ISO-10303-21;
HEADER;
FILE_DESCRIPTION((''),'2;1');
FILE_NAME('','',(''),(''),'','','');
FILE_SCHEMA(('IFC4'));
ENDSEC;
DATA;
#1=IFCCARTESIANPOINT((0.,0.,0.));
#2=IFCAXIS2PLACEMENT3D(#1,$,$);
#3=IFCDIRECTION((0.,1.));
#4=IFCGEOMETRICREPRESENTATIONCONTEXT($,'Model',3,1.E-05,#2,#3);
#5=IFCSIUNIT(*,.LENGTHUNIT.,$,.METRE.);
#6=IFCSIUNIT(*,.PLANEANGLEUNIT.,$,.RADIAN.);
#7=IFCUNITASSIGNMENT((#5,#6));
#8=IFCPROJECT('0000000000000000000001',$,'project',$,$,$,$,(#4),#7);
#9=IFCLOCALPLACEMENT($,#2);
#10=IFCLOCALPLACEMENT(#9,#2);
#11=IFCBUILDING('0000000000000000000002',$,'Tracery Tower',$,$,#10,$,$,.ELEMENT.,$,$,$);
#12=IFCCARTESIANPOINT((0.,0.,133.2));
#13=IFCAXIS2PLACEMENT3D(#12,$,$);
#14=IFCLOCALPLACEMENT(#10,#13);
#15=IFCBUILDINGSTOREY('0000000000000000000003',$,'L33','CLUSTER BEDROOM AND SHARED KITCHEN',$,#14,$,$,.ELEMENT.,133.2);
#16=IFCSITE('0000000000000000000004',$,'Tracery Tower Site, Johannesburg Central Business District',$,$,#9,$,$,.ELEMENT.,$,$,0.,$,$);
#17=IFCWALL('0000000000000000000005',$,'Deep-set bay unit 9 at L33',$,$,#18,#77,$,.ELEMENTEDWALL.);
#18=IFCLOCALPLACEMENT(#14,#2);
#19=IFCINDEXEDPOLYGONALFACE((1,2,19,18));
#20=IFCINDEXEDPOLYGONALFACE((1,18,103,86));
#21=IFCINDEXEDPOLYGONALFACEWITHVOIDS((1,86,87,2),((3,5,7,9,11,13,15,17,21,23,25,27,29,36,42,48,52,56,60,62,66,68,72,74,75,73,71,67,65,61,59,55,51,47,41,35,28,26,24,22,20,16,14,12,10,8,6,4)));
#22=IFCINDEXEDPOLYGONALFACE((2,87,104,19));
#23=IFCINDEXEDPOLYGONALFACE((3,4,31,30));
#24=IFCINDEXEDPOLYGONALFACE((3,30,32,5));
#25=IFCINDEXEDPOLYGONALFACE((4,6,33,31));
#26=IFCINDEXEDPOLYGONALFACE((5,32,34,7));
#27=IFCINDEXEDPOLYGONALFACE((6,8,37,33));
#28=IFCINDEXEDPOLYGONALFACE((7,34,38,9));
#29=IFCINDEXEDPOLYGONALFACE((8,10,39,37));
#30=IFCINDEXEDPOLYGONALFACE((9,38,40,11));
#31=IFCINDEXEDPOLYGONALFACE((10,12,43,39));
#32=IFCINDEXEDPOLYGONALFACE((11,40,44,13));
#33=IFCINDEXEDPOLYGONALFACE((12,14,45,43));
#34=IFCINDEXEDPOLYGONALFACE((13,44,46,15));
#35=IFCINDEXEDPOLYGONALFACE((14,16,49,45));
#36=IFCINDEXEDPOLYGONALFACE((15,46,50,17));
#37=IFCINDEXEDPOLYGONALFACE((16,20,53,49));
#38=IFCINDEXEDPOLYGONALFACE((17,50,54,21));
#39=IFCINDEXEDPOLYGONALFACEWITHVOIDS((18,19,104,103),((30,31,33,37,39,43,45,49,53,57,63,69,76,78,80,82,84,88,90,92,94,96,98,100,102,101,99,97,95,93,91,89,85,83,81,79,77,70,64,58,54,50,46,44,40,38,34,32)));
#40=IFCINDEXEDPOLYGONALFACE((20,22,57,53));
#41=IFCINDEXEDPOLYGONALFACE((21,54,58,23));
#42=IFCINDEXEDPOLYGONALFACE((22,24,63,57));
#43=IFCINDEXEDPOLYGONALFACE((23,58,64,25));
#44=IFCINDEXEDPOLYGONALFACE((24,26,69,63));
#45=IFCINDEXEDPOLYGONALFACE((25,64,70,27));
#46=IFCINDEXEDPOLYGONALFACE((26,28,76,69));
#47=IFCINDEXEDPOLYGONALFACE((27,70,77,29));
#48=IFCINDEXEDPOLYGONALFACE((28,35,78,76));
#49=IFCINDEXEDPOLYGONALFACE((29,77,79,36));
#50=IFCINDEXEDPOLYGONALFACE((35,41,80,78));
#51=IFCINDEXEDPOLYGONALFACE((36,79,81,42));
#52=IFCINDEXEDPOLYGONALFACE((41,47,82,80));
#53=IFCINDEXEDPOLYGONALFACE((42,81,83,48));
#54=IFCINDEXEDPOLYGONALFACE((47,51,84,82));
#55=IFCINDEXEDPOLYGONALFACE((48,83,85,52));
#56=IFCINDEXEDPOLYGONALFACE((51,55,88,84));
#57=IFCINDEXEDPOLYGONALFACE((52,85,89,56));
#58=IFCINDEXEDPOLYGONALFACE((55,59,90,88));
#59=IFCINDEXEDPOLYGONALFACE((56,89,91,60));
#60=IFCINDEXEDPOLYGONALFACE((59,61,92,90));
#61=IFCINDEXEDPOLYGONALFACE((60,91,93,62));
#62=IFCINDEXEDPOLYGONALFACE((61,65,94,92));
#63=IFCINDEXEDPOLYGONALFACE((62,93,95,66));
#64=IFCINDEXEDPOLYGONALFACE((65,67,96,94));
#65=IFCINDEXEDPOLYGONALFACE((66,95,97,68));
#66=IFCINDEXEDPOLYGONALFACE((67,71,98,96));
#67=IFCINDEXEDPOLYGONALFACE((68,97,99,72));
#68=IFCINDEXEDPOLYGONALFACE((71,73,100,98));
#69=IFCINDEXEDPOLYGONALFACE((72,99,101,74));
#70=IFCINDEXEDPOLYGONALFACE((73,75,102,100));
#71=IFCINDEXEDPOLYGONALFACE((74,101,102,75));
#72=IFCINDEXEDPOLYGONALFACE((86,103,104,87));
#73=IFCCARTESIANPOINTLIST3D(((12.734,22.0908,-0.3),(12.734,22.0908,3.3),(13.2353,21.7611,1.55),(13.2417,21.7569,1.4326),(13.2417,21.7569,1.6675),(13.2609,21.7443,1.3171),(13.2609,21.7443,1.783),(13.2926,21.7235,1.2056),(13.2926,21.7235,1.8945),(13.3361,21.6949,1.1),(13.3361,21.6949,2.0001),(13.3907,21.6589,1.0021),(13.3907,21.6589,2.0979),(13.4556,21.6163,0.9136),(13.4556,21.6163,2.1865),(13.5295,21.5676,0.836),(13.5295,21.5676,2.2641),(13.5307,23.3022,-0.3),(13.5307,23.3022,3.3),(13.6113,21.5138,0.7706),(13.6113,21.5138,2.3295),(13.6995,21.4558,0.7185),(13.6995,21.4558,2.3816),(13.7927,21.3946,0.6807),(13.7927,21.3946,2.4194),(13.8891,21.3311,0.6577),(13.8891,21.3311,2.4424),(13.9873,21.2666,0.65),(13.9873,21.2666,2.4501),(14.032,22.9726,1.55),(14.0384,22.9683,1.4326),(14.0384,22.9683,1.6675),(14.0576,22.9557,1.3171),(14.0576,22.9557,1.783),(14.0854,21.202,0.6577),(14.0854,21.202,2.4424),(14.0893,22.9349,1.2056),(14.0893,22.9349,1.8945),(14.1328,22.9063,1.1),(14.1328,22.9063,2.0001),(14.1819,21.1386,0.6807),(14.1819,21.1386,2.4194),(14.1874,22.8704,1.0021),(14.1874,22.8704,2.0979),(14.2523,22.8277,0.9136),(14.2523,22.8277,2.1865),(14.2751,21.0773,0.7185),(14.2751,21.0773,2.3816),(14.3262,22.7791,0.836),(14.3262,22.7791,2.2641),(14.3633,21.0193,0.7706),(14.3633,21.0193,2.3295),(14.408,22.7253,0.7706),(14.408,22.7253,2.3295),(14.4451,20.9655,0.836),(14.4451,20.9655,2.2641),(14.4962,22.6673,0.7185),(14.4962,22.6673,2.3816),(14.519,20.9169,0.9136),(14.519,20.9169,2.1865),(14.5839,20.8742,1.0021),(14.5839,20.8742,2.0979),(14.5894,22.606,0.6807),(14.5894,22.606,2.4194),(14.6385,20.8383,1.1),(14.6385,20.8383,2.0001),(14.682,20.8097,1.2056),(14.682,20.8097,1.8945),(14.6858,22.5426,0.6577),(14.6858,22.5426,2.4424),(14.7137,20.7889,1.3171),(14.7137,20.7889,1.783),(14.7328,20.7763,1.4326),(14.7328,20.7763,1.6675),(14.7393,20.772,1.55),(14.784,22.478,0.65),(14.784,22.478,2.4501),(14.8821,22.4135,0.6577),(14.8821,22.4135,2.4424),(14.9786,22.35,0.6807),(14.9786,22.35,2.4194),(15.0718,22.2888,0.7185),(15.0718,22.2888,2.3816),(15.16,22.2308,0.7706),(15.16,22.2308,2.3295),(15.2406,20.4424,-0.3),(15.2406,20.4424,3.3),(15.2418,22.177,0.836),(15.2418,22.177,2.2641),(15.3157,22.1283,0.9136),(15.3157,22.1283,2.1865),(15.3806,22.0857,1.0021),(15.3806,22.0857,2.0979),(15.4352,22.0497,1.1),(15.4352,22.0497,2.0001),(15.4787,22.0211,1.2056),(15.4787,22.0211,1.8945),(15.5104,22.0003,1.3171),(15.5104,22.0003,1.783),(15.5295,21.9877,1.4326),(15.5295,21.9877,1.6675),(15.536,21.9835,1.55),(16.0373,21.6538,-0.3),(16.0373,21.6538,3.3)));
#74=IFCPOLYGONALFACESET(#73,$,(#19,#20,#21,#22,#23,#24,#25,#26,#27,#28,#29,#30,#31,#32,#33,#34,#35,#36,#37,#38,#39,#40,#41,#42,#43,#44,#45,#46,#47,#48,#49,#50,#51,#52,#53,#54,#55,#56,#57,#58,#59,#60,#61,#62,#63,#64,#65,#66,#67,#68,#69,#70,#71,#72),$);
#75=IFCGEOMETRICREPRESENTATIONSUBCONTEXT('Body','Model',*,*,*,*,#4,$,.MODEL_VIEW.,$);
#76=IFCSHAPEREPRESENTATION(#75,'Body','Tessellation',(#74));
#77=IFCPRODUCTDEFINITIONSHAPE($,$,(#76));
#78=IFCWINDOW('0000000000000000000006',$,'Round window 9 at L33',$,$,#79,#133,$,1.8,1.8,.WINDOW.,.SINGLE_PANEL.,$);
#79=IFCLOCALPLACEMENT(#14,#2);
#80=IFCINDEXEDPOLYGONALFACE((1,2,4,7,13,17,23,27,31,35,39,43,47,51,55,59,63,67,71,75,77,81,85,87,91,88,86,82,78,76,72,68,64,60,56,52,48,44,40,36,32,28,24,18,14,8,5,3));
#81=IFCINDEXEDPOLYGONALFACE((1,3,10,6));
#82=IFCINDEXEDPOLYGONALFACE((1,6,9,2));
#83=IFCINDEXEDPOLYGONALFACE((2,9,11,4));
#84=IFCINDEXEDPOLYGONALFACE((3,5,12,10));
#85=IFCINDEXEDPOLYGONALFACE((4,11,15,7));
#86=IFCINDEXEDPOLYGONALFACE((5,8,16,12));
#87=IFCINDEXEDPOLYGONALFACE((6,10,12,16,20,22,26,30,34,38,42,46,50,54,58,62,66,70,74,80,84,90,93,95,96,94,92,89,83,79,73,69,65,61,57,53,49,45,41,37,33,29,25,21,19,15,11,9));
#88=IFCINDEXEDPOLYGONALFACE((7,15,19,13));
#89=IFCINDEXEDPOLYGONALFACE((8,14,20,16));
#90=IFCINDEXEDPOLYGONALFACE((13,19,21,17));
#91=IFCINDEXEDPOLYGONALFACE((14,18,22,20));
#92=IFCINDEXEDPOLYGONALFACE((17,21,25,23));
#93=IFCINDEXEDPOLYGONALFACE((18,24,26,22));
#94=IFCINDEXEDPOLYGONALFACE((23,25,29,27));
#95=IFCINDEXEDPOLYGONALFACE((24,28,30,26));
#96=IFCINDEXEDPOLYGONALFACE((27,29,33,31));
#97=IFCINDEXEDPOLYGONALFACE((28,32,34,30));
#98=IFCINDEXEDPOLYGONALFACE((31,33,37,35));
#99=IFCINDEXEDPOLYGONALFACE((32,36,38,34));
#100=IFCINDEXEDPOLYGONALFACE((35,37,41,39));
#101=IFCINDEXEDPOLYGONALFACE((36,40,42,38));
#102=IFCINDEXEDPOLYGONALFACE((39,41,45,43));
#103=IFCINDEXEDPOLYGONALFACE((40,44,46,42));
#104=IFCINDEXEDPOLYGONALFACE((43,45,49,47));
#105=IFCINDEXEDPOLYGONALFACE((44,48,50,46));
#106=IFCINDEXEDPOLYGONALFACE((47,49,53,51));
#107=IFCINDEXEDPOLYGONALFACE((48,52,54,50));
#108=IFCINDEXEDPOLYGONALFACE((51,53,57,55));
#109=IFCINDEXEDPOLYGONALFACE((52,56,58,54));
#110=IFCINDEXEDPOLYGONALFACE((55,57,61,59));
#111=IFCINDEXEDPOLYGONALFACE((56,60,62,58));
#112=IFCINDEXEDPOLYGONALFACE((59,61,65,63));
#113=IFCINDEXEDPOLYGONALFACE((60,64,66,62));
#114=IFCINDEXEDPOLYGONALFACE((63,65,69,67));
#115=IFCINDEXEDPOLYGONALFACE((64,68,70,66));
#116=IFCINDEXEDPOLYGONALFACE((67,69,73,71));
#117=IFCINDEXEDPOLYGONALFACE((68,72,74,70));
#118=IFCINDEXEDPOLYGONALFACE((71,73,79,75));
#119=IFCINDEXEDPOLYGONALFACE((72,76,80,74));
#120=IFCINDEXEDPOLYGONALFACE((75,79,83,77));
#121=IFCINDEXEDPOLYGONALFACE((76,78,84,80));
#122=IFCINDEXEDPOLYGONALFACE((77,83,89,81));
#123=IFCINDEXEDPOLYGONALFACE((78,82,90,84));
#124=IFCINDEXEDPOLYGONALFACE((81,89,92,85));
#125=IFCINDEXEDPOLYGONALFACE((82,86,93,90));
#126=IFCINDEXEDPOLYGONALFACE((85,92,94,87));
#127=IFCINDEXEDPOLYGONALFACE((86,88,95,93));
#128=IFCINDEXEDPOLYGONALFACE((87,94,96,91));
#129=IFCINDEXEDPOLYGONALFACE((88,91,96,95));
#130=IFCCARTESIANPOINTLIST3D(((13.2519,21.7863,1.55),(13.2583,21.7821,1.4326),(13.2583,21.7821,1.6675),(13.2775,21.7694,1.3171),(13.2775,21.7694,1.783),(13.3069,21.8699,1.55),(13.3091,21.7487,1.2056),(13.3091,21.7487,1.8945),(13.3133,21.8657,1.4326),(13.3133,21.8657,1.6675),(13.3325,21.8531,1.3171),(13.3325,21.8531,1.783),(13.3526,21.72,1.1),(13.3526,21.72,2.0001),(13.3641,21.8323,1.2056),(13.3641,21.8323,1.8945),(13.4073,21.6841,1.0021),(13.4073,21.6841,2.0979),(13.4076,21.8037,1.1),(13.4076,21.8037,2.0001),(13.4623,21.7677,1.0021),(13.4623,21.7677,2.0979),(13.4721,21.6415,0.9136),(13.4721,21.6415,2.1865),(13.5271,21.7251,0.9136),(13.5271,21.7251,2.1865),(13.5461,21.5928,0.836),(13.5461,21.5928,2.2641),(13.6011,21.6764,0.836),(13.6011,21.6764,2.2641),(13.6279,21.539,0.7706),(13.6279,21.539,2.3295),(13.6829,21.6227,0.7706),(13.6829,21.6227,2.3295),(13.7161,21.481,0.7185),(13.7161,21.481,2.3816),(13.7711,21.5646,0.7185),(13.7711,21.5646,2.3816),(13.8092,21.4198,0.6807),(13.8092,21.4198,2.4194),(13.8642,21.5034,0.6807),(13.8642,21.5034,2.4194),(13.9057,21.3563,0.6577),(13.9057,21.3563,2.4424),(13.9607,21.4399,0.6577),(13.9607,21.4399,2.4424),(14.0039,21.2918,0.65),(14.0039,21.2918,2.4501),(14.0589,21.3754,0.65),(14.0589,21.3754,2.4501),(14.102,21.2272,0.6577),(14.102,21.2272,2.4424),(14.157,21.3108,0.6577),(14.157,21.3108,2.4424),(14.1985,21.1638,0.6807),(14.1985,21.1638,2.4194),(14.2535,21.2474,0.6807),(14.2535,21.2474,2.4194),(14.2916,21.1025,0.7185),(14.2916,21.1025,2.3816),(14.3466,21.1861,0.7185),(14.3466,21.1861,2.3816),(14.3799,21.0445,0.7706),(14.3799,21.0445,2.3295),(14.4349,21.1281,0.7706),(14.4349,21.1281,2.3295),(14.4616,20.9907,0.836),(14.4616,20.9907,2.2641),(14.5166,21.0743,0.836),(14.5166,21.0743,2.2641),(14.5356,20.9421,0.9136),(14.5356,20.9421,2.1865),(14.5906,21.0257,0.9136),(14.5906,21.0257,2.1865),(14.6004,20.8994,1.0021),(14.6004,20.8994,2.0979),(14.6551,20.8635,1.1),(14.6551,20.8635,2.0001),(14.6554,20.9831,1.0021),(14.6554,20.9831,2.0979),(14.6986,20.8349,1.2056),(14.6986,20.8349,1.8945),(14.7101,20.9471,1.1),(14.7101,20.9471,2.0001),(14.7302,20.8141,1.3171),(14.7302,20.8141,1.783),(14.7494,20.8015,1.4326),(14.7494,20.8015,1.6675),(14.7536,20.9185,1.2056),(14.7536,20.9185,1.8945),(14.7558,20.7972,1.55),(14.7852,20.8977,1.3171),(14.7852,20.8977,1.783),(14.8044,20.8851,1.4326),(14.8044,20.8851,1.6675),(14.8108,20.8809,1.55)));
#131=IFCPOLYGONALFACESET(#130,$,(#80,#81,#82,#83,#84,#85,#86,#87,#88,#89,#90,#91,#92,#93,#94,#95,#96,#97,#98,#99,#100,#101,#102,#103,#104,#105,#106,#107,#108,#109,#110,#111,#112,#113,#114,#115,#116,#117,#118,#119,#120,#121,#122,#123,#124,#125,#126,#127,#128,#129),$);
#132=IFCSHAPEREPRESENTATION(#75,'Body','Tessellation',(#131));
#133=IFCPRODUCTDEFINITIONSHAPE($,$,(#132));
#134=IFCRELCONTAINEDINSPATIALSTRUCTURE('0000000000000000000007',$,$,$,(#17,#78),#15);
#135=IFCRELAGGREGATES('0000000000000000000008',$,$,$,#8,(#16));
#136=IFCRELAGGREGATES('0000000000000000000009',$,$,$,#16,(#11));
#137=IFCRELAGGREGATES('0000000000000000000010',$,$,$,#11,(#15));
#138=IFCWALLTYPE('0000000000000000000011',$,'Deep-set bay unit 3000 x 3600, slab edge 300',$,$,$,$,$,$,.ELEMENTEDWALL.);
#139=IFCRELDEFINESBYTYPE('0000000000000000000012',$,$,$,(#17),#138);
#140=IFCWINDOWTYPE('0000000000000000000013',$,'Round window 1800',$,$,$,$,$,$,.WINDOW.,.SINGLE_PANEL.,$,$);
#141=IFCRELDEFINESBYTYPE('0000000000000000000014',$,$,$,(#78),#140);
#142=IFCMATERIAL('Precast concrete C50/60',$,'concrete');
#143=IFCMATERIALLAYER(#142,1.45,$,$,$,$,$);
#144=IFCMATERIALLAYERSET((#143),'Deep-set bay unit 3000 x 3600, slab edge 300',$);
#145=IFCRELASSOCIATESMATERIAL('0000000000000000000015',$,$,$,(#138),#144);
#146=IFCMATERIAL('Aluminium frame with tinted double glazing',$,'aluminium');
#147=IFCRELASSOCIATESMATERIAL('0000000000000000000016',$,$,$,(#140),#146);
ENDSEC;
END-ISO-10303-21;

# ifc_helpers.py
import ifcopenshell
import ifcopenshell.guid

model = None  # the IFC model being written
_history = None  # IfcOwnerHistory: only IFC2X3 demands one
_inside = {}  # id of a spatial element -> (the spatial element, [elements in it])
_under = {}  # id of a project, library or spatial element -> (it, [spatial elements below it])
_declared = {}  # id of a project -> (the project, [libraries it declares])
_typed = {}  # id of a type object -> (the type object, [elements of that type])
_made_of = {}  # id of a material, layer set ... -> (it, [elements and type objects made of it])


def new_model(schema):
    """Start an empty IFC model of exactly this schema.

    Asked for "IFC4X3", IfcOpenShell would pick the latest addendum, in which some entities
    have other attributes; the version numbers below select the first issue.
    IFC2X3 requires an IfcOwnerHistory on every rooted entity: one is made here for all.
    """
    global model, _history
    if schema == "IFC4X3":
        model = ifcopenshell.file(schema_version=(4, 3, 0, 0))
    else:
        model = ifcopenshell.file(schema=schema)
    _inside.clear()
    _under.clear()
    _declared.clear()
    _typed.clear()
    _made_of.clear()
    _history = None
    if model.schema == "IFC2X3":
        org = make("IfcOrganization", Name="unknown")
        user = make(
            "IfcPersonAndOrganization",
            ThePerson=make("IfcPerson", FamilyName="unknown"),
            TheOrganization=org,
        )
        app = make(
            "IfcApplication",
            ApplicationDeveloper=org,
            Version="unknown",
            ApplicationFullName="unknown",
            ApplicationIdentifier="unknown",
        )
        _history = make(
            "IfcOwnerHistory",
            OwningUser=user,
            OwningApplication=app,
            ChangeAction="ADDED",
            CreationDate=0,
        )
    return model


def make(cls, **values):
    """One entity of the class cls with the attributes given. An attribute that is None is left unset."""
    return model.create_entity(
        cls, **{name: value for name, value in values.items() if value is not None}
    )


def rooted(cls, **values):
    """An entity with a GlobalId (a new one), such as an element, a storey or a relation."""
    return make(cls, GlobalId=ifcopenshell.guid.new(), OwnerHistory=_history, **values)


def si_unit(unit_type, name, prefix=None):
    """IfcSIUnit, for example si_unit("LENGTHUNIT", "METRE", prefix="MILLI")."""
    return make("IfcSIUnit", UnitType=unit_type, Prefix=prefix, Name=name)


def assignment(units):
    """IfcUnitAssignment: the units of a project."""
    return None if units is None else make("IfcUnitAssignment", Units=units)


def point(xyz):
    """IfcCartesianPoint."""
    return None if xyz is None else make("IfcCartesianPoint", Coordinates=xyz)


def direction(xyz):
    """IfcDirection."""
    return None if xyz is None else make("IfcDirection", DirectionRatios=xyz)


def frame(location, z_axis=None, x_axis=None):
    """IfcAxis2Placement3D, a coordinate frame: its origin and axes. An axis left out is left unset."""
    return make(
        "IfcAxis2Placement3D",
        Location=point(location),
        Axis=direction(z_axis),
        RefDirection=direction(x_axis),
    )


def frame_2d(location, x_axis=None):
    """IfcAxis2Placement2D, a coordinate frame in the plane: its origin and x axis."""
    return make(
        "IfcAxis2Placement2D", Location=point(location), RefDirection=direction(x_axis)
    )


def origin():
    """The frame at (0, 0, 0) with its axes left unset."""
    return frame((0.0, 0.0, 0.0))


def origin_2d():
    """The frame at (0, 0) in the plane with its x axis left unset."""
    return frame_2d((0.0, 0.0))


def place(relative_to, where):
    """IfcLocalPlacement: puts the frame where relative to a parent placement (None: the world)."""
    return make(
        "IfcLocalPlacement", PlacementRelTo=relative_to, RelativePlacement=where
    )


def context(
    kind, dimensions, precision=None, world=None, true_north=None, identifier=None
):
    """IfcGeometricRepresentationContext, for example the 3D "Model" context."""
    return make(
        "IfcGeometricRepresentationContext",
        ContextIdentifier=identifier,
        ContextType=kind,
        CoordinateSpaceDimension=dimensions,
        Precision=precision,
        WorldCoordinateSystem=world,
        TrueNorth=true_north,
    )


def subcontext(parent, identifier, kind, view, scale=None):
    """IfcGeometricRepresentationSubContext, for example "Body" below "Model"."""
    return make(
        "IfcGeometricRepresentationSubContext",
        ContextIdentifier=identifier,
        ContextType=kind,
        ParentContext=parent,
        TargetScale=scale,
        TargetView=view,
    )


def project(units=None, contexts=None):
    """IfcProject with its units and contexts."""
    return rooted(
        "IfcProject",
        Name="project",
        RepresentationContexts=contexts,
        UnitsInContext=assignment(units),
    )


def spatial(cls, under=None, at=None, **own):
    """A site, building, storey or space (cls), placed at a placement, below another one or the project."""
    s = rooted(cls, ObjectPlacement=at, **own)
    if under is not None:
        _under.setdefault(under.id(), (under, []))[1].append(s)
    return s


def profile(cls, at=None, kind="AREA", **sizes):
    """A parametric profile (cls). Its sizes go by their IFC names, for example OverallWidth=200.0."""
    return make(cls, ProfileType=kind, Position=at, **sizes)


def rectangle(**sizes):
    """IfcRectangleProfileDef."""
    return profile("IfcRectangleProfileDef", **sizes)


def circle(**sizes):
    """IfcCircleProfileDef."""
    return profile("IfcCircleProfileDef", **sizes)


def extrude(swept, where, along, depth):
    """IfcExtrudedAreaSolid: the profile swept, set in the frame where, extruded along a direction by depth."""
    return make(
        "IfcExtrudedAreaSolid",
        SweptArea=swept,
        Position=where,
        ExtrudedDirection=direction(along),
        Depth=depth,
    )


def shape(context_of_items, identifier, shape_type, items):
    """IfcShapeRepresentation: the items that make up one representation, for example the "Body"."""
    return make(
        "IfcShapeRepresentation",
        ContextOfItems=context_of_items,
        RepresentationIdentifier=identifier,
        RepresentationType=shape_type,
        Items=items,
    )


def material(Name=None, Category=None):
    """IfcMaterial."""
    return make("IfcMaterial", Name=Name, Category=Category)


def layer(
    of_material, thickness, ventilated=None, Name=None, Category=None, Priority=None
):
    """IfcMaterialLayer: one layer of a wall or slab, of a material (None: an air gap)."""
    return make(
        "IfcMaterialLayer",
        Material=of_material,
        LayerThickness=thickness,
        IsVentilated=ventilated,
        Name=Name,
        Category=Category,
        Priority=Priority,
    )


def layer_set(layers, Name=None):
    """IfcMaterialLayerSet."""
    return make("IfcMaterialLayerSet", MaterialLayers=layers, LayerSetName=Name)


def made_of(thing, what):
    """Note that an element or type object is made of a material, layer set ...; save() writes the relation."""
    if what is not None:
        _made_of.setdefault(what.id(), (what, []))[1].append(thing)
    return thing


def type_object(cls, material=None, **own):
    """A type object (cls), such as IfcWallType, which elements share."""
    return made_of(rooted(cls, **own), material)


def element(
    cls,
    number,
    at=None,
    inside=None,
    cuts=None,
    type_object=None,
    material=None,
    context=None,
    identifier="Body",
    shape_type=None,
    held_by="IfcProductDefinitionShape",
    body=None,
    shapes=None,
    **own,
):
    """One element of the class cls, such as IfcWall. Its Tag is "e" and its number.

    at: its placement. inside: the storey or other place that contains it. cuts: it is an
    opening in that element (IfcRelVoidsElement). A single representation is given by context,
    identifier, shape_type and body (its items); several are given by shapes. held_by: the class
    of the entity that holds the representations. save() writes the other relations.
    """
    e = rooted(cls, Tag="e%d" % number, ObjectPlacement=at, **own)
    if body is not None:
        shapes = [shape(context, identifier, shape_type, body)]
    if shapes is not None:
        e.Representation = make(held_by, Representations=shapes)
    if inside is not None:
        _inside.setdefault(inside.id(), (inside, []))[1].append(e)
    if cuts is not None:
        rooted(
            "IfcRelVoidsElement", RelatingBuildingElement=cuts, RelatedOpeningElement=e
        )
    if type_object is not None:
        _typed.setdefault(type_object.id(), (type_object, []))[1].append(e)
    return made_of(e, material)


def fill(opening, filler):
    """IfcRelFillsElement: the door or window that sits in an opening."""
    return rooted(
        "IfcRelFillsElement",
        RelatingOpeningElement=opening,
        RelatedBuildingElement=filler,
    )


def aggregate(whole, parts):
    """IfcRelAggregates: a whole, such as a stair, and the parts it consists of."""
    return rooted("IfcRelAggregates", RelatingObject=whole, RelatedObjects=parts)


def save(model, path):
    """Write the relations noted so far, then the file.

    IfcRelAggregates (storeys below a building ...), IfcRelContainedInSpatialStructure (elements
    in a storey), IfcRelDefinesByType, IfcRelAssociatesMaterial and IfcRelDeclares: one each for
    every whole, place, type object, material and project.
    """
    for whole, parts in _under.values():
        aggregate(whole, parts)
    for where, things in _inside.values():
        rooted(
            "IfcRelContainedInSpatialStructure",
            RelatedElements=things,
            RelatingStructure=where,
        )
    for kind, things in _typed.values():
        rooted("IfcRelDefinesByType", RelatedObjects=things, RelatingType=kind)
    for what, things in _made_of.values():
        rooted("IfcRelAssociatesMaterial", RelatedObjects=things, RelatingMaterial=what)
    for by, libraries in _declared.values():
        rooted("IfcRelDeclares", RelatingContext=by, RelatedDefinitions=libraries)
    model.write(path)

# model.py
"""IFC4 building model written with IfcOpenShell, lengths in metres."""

from ifc_helpers import new_model, si_unit, direction, frame, frame_2d, origin, origin_2d, place, context, subcontext, project, spatial, rectangle, circle, extrude, material, layer, layer_set, type_object, element, fill, save


model = new_model("IFC4")

# Units and contexts
model_context = context("Model", 3, precision=1e-05, world=origin(), true_north=direction((0.0, 1.0)))
body_context = subcontext(model_context, "Body", "Model", "MODEL_VIEW")
ifc_project = project(units=[si_unit("LENGTHUNIT", "METRE"), si_unit("PLANEANGLEUNIT", "RADIAN")], contexts=[model_context])

# Site, building, storey
site_placement = place(None, origin())
site = spatial("IfcSite", under=ifc_project, at=site_placement, Name="Tracery Tower Site, Johannesburg Central Business District", CompositionType="ELEMENT", RefElevation=0.0)
building_placement = place(site_placement, origin())
building = spatial("IfcBuilding", under=site, at=building_placement, Name="Tracery Tower", CompositionType="ELEMENT")
storey_placement = place(building_placement, frame((0.0, 0.0, 133.2)))
storey = spatial("IfcBuildingStorey", under=building, at=storey_placement, Name="L33", Description="CLUSTER BEDROOM AND SHARED KITCHEN", CompositionType="ELEMENT", Elevation=133.2)

# Wall, opening, window
ifc_material_1 = material(Name="Precast concrete C50/60", Category="concrete")
ifc_layer_1 = layer(ifc_material_1, 1.45)
ifc_layer_set_1 = layer_set([ifc_layer_1], Name="Deep-set bay unit 3000 x 3600, slab edge 300")
wall_type_1 = type_object("IfcWallType", Name="Deep-set bay unit 3000 x 3600, slab edge 300", PredefinedType="ELEMENTEDWALL", material=ifc_layer_set_1)
ifc_material_2 = material(Name="Aluminium frame with tinted double glazing", Category="aluminium")
window_type = type_object("IfcWindowType", Name="Round window 1800", PartitioningType="SINGLE_PANEL", PredefinedType="WINDOW", material=ifc_material_2)
wall_1_placement = place(storey_placement, frame((15.6389, 21.0481, -0.3), z_axis=(0.0, 0.0, 1.0), x_axis=(-0.835514, 0.549469, 0.0)))
wall_1 = element("IfcWall", 1, at=wall_1_placement, inside=storey, type_object=wall_type_1, Name="Deep-set bay unit 9 at L33", PredefinedType="ELEMENTEDWALL", context=body_context, shape_type="SweptSolid", body=[
    extrude(rectangle(XDim=3.0, YDim=1.45, at=frame_2d((1.5, 0.0))), origin(), (0.0, 0.0, 1.0), 3.6001),
])
opening_1_placement = place(wall_1_placement, frame((1.5, 0.0, 1.8501)))
opening_1 = element("IfcOpeningElement", 2, at=opening_1_placement, cuts=wall_1, PredefinedType="OPENING", context=body_context, shape_type="SweptSolid", body=[
    extrude(circle(Radius=0.9, at=origin_2d()), frame((0.0, 0.7349, 0.0), z_axis=(0.0, -1.0, 0.0), x_axis=(1.0, 0.0, 0.0)), (0.0, 0.0, 1.0), 1.47),
])
window_1_placement = place(opening_1_placement, origin())
window_1 = element("IfcWindow", 3, at=window_1_placement, inside=storey, type_object=window_type, Name="Round window 9 at L33", OverallHeight=1.8, OverallWidth=1.8, PartitioningType="SINGLE_PANEL", PredefinedType="WINDOW", context=body_context, shape_type="SweptSolid", body=[
    extrude(circle(Radius=0.9, at=origin_2d()), frame((0.0, 0.6948, 0.0), z_axis=(0.0, -1.0, 0.0), x_axis=(1.0, 0.0, 0.0)), (0.0, 0.0, 1.0), 0.1001),
])
fill(opening_1, window_1)

save(model, "model.ifc")
